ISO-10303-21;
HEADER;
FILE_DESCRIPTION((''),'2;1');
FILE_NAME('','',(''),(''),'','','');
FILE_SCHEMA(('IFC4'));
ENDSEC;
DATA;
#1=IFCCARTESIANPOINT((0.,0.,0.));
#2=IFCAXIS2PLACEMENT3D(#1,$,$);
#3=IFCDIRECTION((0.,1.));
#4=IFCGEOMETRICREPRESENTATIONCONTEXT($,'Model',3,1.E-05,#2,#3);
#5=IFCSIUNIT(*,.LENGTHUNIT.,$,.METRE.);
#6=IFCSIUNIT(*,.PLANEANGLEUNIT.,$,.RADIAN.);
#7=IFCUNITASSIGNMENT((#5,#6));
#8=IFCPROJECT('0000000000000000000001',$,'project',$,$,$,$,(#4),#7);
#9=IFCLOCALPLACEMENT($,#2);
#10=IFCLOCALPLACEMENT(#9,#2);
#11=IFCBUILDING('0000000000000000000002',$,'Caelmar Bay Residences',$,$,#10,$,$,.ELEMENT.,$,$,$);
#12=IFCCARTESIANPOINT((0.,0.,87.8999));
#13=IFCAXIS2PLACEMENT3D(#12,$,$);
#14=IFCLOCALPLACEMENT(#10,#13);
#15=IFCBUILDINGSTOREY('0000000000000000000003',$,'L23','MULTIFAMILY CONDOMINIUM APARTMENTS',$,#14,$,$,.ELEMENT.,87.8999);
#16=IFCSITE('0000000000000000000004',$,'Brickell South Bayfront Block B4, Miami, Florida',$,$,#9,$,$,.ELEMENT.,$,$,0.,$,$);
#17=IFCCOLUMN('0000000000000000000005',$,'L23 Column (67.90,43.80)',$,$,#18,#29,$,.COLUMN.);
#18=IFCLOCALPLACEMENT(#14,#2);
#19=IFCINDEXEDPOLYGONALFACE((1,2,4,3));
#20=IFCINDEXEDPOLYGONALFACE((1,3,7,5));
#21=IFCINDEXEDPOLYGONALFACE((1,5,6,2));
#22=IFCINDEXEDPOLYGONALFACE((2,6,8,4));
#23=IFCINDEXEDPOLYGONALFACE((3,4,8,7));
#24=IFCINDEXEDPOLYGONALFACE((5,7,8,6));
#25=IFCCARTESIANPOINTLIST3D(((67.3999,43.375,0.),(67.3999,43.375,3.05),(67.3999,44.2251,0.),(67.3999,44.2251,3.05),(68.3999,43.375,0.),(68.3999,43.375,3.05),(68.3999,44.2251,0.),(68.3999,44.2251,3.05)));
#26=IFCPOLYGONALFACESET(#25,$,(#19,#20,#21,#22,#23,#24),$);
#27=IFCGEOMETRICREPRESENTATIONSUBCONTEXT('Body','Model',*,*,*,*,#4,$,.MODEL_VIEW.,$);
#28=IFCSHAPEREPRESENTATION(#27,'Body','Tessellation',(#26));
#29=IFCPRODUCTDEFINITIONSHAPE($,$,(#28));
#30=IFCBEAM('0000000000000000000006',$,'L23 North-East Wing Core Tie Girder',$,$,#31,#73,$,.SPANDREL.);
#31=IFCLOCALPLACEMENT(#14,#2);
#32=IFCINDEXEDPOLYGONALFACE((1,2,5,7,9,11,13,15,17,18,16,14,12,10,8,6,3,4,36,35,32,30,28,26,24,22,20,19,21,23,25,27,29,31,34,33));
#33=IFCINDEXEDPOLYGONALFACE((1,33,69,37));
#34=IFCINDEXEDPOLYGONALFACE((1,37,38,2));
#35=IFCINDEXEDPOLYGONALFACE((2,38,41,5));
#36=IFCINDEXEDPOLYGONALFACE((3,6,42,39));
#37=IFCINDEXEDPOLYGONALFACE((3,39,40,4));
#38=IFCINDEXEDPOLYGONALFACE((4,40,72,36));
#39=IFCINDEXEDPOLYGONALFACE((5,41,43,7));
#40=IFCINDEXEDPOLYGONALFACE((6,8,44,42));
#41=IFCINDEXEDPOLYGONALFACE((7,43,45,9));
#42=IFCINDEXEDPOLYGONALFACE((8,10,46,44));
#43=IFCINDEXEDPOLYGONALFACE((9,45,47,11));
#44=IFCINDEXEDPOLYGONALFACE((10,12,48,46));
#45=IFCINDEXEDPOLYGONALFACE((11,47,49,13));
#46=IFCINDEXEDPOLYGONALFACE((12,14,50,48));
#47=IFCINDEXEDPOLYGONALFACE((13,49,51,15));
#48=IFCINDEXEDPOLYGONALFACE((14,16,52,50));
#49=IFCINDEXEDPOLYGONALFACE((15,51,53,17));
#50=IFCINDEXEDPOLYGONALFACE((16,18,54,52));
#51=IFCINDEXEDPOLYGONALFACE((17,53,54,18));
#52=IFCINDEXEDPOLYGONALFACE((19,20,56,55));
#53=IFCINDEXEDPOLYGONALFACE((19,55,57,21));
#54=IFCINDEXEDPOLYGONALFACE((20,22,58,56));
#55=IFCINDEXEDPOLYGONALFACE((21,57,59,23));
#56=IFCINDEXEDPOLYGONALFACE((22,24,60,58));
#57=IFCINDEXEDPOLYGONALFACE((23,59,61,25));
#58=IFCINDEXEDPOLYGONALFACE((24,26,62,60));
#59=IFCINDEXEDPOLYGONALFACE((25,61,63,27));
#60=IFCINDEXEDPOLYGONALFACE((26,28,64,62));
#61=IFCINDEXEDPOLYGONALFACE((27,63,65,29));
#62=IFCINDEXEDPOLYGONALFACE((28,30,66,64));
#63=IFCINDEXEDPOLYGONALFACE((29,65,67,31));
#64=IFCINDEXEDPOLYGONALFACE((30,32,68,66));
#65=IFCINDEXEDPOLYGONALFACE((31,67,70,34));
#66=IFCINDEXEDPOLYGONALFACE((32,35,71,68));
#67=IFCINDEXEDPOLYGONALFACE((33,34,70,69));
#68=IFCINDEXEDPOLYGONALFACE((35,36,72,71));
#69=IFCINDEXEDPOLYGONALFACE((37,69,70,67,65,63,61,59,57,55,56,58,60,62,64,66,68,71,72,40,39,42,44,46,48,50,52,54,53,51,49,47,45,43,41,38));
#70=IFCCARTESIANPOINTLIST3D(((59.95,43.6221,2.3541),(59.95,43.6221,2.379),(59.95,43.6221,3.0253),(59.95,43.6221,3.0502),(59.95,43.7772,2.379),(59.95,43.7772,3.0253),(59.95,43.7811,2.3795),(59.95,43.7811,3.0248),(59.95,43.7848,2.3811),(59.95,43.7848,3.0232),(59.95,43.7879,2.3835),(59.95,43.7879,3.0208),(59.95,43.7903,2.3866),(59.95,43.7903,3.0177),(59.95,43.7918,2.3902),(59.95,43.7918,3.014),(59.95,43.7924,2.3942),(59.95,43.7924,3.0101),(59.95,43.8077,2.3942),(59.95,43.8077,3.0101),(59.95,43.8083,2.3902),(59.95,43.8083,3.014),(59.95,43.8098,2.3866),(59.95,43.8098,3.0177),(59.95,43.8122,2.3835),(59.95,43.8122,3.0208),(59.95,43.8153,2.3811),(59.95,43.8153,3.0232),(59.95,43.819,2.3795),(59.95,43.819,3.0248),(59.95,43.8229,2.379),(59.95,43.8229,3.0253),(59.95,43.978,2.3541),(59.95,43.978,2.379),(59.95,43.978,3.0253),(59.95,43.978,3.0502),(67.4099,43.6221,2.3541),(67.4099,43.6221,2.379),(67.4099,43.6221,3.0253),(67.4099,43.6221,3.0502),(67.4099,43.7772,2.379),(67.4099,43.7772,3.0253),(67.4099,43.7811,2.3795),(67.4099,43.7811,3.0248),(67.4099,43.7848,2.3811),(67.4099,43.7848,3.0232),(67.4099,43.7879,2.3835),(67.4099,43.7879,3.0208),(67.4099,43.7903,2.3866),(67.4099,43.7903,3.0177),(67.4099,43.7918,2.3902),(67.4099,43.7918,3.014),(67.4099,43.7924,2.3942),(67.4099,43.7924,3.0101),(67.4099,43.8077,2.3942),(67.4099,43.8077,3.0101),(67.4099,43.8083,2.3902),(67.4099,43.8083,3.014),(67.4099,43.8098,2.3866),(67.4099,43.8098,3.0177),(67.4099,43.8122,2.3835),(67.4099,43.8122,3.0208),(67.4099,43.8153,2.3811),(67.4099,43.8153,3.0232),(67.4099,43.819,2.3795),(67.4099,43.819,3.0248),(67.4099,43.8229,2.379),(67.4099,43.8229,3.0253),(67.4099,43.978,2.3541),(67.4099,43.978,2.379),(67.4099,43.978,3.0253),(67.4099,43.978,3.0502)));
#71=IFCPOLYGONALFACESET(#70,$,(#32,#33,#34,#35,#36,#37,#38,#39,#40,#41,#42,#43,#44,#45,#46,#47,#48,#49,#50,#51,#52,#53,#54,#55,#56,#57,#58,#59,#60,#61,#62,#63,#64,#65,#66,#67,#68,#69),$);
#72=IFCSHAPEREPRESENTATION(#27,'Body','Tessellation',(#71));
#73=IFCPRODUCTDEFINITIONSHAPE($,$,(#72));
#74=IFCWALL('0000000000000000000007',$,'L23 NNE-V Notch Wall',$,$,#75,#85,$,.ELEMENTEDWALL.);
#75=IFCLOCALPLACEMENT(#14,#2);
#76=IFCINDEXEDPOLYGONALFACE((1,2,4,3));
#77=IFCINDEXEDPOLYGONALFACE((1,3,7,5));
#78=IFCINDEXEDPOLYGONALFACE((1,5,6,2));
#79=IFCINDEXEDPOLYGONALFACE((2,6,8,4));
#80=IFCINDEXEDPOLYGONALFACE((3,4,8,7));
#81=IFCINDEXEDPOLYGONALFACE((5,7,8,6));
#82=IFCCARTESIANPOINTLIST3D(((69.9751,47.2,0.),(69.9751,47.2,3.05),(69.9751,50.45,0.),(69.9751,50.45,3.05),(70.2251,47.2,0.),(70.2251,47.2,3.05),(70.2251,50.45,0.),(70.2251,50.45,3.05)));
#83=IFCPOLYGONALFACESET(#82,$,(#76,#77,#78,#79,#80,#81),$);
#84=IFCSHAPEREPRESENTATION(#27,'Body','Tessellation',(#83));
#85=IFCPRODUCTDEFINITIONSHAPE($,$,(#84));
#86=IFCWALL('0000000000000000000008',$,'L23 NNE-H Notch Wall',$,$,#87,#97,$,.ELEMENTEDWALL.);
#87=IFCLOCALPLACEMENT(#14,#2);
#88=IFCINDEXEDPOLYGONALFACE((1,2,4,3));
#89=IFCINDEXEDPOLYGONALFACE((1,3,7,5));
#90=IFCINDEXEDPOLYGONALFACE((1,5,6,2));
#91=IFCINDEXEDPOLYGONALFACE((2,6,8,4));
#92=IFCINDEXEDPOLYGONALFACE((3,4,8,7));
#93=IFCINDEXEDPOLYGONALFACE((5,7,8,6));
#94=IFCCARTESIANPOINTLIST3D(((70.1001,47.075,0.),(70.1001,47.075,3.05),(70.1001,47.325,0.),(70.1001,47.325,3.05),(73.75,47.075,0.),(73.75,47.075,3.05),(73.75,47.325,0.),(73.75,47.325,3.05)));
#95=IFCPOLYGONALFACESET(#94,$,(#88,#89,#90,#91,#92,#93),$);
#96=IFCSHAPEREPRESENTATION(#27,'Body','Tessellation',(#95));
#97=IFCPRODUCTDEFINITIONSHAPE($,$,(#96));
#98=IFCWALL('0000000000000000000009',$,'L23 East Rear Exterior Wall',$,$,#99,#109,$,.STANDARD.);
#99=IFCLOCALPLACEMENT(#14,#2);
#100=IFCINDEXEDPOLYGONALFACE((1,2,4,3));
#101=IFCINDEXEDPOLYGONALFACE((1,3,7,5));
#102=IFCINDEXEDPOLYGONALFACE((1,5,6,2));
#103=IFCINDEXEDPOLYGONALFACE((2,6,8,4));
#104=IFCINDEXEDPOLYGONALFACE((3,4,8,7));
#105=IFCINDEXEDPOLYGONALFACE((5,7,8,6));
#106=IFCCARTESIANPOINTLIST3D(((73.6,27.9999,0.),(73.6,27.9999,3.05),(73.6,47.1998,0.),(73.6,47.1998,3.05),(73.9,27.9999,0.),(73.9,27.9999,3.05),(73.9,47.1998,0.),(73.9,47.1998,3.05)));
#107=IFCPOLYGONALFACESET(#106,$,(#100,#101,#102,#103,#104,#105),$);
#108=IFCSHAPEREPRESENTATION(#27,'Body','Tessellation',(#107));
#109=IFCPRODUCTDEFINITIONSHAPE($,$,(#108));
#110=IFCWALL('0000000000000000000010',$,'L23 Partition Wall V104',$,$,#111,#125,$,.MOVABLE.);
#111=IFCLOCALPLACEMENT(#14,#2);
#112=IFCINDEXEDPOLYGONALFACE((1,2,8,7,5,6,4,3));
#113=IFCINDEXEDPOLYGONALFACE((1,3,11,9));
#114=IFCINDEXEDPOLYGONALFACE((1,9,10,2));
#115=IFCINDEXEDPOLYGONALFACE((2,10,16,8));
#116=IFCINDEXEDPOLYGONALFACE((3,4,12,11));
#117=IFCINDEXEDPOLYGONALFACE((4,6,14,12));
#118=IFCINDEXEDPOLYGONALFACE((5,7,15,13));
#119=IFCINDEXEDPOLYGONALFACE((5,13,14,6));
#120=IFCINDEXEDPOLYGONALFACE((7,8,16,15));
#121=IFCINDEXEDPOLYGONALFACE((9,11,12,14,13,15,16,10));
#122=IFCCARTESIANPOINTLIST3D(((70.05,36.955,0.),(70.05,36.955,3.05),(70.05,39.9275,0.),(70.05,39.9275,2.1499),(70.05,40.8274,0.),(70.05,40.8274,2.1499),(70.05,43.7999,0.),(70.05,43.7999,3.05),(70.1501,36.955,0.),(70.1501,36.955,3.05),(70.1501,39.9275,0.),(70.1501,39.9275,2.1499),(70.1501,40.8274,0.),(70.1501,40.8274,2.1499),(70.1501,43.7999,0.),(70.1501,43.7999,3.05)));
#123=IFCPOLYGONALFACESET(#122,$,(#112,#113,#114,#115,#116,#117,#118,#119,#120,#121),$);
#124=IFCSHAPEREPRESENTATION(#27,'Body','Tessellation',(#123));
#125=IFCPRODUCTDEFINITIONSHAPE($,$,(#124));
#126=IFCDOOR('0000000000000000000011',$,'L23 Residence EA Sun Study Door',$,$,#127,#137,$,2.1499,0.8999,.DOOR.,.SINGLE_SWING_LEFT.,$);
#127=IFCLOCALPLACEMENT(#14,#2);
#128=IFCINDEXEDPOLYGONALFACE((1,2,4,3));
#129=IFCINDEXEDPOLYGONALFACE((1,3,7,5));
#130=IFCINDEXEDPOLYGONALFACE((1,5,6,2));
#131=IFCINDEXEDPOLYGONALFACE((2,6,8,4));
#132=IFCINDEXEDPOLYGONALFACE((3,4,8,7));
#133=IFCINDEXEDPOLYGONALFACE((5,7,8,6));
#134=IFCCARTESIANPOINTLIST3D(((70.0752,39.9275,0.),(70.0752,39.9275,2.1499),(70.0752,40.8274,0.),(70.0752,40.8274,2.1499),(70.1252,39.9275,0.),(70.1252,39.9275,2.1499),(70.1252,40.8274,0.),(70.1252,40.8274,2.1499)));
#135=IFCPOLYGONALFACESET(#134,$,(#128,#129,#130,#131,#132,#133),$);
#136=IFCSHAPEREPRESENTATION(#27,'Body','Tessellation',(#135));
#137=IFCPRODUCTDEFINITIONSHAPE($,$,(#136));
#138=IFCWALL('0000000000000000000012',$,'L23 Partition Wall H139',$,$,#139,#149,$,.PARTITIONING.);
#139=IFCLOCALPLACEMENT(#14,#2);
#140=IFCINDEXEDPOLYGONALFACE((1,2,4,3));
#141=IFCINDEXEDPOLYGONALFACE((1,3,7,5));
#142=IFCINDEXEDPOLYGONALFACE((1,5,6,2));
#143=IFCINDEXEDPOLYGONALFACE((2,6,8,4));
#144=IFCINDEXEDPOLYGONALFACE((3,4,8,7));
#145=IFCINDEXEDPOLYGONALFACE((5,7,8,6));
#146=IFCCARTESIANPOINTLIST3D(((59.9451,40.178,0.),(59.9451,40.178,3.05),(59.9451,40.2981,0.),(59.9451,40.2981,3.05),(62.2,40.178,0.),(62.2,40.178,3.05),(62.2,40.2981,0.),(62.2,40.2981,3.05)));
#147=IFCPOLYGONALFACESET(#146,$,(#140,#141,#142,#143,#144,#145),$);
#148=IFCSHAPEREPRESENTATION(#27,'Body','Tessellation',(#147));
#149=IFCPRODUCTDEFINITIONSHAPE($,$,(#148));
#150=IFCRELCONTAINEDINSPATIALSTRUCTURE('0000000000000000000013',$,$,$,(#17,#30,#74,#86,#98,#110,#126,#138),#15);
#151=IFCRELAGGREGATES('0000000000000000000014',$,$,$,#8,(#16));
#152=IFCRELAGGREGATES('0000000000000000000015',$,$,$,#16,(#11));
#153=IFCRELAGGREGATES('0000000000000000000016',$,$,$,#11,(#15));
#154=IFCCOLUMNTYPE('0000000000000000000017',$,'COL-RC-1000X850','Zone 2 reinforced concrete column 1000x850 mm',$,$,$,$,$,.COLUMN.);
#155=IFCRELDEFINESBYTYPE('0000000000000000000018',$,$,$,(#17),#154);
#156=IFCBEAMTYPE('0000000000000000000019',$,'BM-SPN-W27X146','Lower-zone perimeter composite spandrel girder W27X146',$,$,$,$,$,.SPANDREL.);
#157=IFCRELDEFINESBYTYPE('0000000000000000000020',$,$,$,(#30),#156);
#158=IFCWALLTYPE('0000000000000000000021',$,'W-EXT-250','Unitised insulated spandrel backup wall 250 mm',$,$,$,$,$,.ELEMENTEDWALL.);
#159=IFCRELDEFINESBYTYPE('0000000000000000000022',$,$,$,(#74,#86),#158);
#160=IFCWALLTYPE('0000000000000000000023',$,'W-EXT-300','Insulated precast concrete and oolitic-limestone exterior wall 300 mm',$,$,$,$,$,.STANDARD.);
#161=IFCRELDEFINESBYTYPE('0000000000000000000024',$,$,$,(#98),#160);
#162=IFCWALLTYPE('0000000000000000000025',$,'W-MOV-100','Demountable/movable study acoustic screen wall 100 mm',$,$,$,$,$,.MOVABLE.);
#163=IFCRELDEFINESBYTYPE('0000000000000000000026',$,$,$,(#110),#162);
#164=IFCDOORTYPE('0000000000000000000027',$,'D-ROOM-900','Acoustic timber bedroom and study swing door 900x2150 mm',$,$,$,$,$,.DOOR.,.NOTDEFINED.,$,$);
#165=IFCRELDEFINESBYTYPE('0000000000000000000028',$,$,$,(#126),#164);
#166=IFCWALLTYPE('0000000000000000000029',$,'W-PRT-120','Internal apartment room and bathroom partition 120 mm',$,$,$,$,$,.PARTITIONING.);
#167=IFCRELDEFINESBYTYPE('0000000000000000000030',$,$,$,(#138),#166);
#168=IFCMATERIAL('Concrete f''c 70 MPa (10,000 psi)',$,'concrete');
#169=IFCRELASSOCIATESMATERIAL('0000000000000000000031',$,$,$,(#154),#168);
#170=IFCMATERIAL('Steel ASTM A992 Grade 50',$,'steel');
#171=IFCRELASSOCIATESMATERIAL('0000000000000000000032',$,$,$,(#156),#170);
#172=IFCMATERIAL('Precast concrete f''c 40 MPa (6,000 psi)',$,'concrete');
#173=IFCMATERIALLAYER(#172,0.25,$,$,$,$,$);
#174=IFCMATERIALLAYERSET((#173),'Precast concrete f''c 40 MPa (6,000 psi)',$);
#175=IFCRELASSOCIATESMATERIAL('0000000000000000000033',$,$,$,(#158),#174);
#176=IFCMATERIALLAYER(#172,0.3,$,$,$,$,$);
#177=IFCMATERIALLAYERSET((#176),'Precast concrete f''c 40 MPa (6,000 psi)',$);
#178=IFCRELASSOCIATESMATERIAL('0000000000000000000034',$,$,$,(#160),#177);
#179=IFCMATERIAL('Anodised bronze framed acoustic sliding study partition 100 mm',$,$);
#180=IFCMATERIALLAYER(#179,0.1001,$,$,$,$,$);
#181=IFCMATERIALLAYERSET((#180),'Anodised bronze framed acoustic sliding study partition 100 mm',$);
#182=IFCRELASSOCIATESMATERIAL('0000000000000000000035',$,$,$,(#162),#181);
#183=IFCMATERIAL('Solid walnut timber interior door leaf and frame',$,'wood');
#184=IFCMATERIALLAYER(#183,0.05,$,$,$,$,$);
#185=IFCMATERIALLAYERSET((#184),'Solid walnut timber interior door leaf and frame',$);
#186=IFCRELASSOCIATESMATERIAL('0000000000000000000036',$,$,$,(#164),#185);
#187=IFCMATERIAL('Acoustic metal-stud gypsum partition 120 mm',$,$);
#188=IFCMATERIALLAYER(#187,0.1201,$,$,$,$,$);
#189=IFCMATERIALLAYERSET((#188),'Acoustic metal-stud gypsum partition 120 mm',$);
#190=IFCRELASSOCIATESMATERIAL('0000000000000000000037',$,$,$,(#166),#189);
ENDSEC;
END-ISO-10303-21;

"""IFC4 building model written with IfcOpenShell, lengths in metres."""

from ifc_helpers import new_model, si_unit, direction, frame, frame_2d, origin, origin_2d, place, context, subcontext, project, spatial, rectangle, i_section, extrude, material, layer, layer_set, material_profile, profile_set, type_object, element, fill, save


model = new_model("IFC4")

# Units and contexts
model_context = context("Model", 3, precision=1e-05, world=origin(), true_north=direction((0.0, 1.0)))
body_context = subcontext(model_context, "Body", "Model", "MODEL_VIEW")
ifc_project = project(units=[si_unit("LENGTHUNIT", "METRE"), si_unit("PLANEANGLEUNIT", "RADIAN")], contexts=[model_context])

# Site, building, storey
site_placement = place(None, origin())
site = spatial("IfcSite", under=ifc_project, at=site_placement, Name="Brickell South Bayfront Block B4, Miami, Florida", CompositionType="ELEMENT", RefElevation=0.0)
building_placement = place(site_placement, origin())
building = spatial("IfcBuilding", under=site, at=building_placement, Name="Caelmar Bay Residences", CompositionType="ELEMENT")
storey_placement = place(building_placement, frame((0.0, 0.0, 87.8999)))
storey = spatial("IfcBuildingStorey", under=building, at=storey_placement, Name="L23", Description="MULTIFAMILY CONDOMINIUM APARTMENTS", CompositionType="ELEMENT", Elevation=87.8999)

# Column
ifc_material_1 = material(Name="Concrete f'c 70 MPa (10,000 psi)", Category="concrete")
ifc_material_profile_1 = material_profile(ifc_material_1, rectangle(XDim=1.0, YDim=0.8501, at=origin_2d()), Name="RC-COL-1000X850")
ifc_profile_set_1 = profile_set([ifc_material_profile_1], Name="Concrete f'c 70 MPa (10,000 psi)")
column_type = type_object("IfcColumnType", Name="COL-RC-1000X850", Description="Zone 2 reinforced concrete column 1000x850 mm", PredefinedType="COLUMN", material=ifc_profile_set_1)
column_placement = place(storey_placement, frame((67.8999, 43.8, 0.0), z_axis=(0.0, 0.0, 1.0), x_axis=(1.0, 0.0, 0.0)))
element("IfcColumn", 1, at=column_placement, inside=storey, type_object=column_type, Name="L23 Column (67.90,43.80)", PredefinedType="COLUMN", context=body_context, shape_type="SweptSolid", body=[
    extrude(rectangle(XDim=1.0, YDim=0.8501, at=origin_2d()), origin(), (0.0, 0.0, 1.0), 3.05),
])

# Beam
ifc_material_2 = material(Name="Steel ASTM A992 Grade 50", Category="steel")
ifc_material_profile_2 = material_profile(ifc_material_2, i_section(OverallWidth=0.356, OverallDepth=0.696, WebThickness=0.0154, FlangeThickness=0.0249, FilletRadius=0.0151, at=origin_2d()), Name="W27X146")
ifc_profile_set_2 = profile_set([ifc_material_profile_2], Name="Steel ASTM A992 Grade 50")
beam_type = type_object("IfcBeamType", Name="BM-SPN-W27X146", Description="Lower-zone perimeter composite spandrel girder W27X146", PredefinedType="SPANDREL", material=ifc_profile_set_2)
beam_placement = place(storey_placement, frame((59.95, 43.8, 2.7021), z_axis=(1.0, 0.0, 0.0), x_axis=(0.0, 1.0, 0.0)))
element("IfcBeam", 2, at=beam_placement, inside=storey, type_object=beam_type, Name="L23 North-East Wing Core Tie Girder", PredefinedType="SPANDREL", context=body_context, shape_type="SweptSolid", body=[
    extrude(i_section(OverallWidth=0.356, OverallDepth=0.696, WebThickness=0.0154, FlangeThickness=0.0249, FilletRadius=0.0151, at=origin_2d()), origin(), (0.0, 0.0, 1.0), 7.46),
])

# Walls
ifc_material_3 = material(Name="Precast concrete f'c 40 MPa (6,000 psi)", Category="concrete")
ifc_layer_1 = layer(ifc_material_3, 0.25)
ifc_layer_set_1 = layer_set([ifc_layer_1], Name="Precast concrete f'c 40 MPa (6,000 psi)")
wall_type_1 = type_object("IfcWallType", Name="W-EXT-250", Description="Unitised insulated spandrel backup wall 250 mm", PredefinedType="ELEMENTEDWALL", material=ifc_layer_set_1)
wall_1_placement = place(storey_placement, frame((70.1001, 50.45, 0.0), z_axis=(0.0, 0.0, 1.0), x_axis=(0.0, -1.0, 0.0)))
element("IfcWall", 3, at=wall_1_placement, inside=storey, type_object=wall_type_1, Name="L23 NNE-V Notch Wall", PredefinedType="ELEMENTEDWALL", context=body_context, shape_type="SweptSolid", body=[
    extrude(rectangle(XDim=3.25, YDim=0.25, at=frame_2d((1.625, 0.0))), origin(), (0.0, 0.0, 1.0), 3.05),
])
wall_2_placement = place(storey_placement, frame((70.1001, 47.2, 0.0), z_axis=(0.0, 0.0, 1.0), x_axis=(1.0, 0.0, 0.0)))
element("IfcWall", 4, at=wall_2_placement, inside=storey, type_object=wall_type_1, Name="L23 NNE-H Notch Wall", PredefinedType="ELEMENTEDWALL", context=body_context, shape_type="SweptSolid", body=[
    extrude(rectangle(XDim=3.6499, YDim=0.25, at=frame_2d((1.825, 0.0))), origin(), (0.0, 0.0, 1.0), 3.05),
])
ifc_layer_2 = layer(ifc_material_3, 0.3)
ifc_layer_set_2 = layer_set([ifc_layer_2], Name="Precast concrete f'c 40 MPa (6,000 psi)")
wall_type_2 = type_object("IfcWallType", Name="W-EXT-300", Description="Insulated precast concrete and oolitic-limestone exterior wall 300 mm", PredefinedType="STANDARD", material=ifc_layer_set_2)
wall_3_placement = place(storey_placement, frame((73.75, 47.2, 0.0), z_axis=(0.0, 0.0, 1.0), x_axis=(0.0, -1.0, 0.0)))
element("IfcWall", 5, at=wall_3_placement, inside=storey, type_object=wall_type_2, Name="L23 East Rear Exterior Wall", PredefinedType="STANDARD", context=body_context, shape_type="SweptSolid", body=[
    extrude(rectangle(XDim=19.2, YDim=0.3, at=frame_2d((9.6001, 0.0))), origin(), (0.0, 0.0, 1.0), 3.05),
])

# Wall, opening, door
ifc_material_4 = material(Name="Anodised bronze framed acoustic sliding study partition 100 mm")
ifc_layer_3 = layer(ifc_material_4, 0.1001)
ifc_layer_set_3 = layer_set([ifc_layer_3], Name="Anodised bronze framed acoustic sliding study partition 100 mm")
wall_type_3 = type_object("IfcWallType", Name="W-MOV-100", Description="Demountable/movable study acoustic screen wall 100 mm", PredefinedType="MOVABLE", material=ifc_layer_set_3)
wall_4_placement = place(storey_placement, frame((70.1001, 36.9551, 0.0), z_axis=(0.0, 0.0, 1.0), x_axis=(0.0, 1.0, 0.0)))
wall_4 = element("IfcWall", 6, at=wall_4_placement, inside=storey, type_object=wall_type_3, Name="L23 Partition Wall V104", PredefinedType="MOVABLE", context=body_context, shape_type="SweptSolid", body=[
    extrude(rectangle(XDim=6.845, YDim=0.1001, at=frame_2d((3.4224, 0.0))), origin(), (0.0, 0.0, 1.0), 3.05),
])
opening_1_placement = place(wall_4_placement, frame((2.9724, 0.0, 0.0)))
opening_1 = element("IfcOpeningElement", 7, at=opening_1_placement, cuts=wall_4, PredefinedType="OPENING", context=body_context, shape_type="SweptSolid", body=[
    extrude(rectangle(XDim=0.8999, YDim=2.1499, at=frame_2d((0.45, 1.075))), frame((0.0, 0.0601, 0.0), z_axis=(0.0, -1.0, 0.0), x_axis=(1.0, 0.0, 0.0)), (0.0, 0.0, 1.0), 0.1201),
])
ifc_material_5 = material(Name="Solid walnut timber interior door leaf and frame", Category="wood")
ifc_layer_4 = layer(ifc_material_5, 0.05)
ifc_layer_set_4 = layer_set([ifc_layer_4], Name="Solid walnut timber interior door leaf and frame")
door_type_1 = type_object("IfcDoorType", Name="D-ROOM-900", Description="Acoustic timber bedroom and study swing door 900x2150 mm", OperationType="NOTDEFINED", PredefinedType="DOOR", material=ifc_layer_set_4)
door_1_placement = place(opening_1_placement, origin())
door_1 = element("IfcDoor", 8, at=door_1_placement, inside=storey, type_object=door_type_1, Name="L23 Residence EA Sun Study Door", OperationType="SINGLE_SWING_LEFT", OverallHeight=2.1499, OverallWidth=0.8999, PredefinedType="DOOR", context=body_context, shape_type="SweptSolid", body=[
    extrude(rectangle(XDim=0.8999, YDim=2.1499, at=frame_2d((0.45, 1.075))), frame((0.0, 0.0249, 0.0), z_axis=(0.0, -1.0, 0.0), x_axis=(1.0, 0.0, 0.0)), (0.0, 0.0, 1.0), 0.05),
])
fill(opening_1, door_1)
ifc_material_6 = material(Name="Acoustic metal-stud gypsum partition 120 mm")
ifc_layer_5 = layer(ifc_material_6, 0.1201)
ifc_layer_set_5 = layer_set([ifc_layer_5], Name="Acoustic metal-stud gypsum partition 120 mm")
wall_type_4 = type_object("IfcWallType", Name="W-PRT-120", Description="Internal apartment room and bathroom partition 120 mm", PredefinedType="PARTITIONING", material=ifc_layer_set_5)

# Wall
wall_5_placement = place(storey_placement, frame((59.9451, 40.238, 0.0), z_axis=(0.0, 0.0, 1.0), x_axis=(1.0, 0.0, 0.0)))
element("IfcWall", 9, at=wall_5_placement, inside=storey, type_object=wall_type_4, Name="L23 Partition Wall H139", PredefinedType="PARTITIONING", context=body_context, shape_type="SweptSolid", body=[
    extrude(rectangle(XDim=2.2549, YDim=0.1201, at=frame_2d((1.1274, 0.0))), origin(), (0.0, 0.0, 1.0), 3.05),
])

save(model, "model.ifc")
